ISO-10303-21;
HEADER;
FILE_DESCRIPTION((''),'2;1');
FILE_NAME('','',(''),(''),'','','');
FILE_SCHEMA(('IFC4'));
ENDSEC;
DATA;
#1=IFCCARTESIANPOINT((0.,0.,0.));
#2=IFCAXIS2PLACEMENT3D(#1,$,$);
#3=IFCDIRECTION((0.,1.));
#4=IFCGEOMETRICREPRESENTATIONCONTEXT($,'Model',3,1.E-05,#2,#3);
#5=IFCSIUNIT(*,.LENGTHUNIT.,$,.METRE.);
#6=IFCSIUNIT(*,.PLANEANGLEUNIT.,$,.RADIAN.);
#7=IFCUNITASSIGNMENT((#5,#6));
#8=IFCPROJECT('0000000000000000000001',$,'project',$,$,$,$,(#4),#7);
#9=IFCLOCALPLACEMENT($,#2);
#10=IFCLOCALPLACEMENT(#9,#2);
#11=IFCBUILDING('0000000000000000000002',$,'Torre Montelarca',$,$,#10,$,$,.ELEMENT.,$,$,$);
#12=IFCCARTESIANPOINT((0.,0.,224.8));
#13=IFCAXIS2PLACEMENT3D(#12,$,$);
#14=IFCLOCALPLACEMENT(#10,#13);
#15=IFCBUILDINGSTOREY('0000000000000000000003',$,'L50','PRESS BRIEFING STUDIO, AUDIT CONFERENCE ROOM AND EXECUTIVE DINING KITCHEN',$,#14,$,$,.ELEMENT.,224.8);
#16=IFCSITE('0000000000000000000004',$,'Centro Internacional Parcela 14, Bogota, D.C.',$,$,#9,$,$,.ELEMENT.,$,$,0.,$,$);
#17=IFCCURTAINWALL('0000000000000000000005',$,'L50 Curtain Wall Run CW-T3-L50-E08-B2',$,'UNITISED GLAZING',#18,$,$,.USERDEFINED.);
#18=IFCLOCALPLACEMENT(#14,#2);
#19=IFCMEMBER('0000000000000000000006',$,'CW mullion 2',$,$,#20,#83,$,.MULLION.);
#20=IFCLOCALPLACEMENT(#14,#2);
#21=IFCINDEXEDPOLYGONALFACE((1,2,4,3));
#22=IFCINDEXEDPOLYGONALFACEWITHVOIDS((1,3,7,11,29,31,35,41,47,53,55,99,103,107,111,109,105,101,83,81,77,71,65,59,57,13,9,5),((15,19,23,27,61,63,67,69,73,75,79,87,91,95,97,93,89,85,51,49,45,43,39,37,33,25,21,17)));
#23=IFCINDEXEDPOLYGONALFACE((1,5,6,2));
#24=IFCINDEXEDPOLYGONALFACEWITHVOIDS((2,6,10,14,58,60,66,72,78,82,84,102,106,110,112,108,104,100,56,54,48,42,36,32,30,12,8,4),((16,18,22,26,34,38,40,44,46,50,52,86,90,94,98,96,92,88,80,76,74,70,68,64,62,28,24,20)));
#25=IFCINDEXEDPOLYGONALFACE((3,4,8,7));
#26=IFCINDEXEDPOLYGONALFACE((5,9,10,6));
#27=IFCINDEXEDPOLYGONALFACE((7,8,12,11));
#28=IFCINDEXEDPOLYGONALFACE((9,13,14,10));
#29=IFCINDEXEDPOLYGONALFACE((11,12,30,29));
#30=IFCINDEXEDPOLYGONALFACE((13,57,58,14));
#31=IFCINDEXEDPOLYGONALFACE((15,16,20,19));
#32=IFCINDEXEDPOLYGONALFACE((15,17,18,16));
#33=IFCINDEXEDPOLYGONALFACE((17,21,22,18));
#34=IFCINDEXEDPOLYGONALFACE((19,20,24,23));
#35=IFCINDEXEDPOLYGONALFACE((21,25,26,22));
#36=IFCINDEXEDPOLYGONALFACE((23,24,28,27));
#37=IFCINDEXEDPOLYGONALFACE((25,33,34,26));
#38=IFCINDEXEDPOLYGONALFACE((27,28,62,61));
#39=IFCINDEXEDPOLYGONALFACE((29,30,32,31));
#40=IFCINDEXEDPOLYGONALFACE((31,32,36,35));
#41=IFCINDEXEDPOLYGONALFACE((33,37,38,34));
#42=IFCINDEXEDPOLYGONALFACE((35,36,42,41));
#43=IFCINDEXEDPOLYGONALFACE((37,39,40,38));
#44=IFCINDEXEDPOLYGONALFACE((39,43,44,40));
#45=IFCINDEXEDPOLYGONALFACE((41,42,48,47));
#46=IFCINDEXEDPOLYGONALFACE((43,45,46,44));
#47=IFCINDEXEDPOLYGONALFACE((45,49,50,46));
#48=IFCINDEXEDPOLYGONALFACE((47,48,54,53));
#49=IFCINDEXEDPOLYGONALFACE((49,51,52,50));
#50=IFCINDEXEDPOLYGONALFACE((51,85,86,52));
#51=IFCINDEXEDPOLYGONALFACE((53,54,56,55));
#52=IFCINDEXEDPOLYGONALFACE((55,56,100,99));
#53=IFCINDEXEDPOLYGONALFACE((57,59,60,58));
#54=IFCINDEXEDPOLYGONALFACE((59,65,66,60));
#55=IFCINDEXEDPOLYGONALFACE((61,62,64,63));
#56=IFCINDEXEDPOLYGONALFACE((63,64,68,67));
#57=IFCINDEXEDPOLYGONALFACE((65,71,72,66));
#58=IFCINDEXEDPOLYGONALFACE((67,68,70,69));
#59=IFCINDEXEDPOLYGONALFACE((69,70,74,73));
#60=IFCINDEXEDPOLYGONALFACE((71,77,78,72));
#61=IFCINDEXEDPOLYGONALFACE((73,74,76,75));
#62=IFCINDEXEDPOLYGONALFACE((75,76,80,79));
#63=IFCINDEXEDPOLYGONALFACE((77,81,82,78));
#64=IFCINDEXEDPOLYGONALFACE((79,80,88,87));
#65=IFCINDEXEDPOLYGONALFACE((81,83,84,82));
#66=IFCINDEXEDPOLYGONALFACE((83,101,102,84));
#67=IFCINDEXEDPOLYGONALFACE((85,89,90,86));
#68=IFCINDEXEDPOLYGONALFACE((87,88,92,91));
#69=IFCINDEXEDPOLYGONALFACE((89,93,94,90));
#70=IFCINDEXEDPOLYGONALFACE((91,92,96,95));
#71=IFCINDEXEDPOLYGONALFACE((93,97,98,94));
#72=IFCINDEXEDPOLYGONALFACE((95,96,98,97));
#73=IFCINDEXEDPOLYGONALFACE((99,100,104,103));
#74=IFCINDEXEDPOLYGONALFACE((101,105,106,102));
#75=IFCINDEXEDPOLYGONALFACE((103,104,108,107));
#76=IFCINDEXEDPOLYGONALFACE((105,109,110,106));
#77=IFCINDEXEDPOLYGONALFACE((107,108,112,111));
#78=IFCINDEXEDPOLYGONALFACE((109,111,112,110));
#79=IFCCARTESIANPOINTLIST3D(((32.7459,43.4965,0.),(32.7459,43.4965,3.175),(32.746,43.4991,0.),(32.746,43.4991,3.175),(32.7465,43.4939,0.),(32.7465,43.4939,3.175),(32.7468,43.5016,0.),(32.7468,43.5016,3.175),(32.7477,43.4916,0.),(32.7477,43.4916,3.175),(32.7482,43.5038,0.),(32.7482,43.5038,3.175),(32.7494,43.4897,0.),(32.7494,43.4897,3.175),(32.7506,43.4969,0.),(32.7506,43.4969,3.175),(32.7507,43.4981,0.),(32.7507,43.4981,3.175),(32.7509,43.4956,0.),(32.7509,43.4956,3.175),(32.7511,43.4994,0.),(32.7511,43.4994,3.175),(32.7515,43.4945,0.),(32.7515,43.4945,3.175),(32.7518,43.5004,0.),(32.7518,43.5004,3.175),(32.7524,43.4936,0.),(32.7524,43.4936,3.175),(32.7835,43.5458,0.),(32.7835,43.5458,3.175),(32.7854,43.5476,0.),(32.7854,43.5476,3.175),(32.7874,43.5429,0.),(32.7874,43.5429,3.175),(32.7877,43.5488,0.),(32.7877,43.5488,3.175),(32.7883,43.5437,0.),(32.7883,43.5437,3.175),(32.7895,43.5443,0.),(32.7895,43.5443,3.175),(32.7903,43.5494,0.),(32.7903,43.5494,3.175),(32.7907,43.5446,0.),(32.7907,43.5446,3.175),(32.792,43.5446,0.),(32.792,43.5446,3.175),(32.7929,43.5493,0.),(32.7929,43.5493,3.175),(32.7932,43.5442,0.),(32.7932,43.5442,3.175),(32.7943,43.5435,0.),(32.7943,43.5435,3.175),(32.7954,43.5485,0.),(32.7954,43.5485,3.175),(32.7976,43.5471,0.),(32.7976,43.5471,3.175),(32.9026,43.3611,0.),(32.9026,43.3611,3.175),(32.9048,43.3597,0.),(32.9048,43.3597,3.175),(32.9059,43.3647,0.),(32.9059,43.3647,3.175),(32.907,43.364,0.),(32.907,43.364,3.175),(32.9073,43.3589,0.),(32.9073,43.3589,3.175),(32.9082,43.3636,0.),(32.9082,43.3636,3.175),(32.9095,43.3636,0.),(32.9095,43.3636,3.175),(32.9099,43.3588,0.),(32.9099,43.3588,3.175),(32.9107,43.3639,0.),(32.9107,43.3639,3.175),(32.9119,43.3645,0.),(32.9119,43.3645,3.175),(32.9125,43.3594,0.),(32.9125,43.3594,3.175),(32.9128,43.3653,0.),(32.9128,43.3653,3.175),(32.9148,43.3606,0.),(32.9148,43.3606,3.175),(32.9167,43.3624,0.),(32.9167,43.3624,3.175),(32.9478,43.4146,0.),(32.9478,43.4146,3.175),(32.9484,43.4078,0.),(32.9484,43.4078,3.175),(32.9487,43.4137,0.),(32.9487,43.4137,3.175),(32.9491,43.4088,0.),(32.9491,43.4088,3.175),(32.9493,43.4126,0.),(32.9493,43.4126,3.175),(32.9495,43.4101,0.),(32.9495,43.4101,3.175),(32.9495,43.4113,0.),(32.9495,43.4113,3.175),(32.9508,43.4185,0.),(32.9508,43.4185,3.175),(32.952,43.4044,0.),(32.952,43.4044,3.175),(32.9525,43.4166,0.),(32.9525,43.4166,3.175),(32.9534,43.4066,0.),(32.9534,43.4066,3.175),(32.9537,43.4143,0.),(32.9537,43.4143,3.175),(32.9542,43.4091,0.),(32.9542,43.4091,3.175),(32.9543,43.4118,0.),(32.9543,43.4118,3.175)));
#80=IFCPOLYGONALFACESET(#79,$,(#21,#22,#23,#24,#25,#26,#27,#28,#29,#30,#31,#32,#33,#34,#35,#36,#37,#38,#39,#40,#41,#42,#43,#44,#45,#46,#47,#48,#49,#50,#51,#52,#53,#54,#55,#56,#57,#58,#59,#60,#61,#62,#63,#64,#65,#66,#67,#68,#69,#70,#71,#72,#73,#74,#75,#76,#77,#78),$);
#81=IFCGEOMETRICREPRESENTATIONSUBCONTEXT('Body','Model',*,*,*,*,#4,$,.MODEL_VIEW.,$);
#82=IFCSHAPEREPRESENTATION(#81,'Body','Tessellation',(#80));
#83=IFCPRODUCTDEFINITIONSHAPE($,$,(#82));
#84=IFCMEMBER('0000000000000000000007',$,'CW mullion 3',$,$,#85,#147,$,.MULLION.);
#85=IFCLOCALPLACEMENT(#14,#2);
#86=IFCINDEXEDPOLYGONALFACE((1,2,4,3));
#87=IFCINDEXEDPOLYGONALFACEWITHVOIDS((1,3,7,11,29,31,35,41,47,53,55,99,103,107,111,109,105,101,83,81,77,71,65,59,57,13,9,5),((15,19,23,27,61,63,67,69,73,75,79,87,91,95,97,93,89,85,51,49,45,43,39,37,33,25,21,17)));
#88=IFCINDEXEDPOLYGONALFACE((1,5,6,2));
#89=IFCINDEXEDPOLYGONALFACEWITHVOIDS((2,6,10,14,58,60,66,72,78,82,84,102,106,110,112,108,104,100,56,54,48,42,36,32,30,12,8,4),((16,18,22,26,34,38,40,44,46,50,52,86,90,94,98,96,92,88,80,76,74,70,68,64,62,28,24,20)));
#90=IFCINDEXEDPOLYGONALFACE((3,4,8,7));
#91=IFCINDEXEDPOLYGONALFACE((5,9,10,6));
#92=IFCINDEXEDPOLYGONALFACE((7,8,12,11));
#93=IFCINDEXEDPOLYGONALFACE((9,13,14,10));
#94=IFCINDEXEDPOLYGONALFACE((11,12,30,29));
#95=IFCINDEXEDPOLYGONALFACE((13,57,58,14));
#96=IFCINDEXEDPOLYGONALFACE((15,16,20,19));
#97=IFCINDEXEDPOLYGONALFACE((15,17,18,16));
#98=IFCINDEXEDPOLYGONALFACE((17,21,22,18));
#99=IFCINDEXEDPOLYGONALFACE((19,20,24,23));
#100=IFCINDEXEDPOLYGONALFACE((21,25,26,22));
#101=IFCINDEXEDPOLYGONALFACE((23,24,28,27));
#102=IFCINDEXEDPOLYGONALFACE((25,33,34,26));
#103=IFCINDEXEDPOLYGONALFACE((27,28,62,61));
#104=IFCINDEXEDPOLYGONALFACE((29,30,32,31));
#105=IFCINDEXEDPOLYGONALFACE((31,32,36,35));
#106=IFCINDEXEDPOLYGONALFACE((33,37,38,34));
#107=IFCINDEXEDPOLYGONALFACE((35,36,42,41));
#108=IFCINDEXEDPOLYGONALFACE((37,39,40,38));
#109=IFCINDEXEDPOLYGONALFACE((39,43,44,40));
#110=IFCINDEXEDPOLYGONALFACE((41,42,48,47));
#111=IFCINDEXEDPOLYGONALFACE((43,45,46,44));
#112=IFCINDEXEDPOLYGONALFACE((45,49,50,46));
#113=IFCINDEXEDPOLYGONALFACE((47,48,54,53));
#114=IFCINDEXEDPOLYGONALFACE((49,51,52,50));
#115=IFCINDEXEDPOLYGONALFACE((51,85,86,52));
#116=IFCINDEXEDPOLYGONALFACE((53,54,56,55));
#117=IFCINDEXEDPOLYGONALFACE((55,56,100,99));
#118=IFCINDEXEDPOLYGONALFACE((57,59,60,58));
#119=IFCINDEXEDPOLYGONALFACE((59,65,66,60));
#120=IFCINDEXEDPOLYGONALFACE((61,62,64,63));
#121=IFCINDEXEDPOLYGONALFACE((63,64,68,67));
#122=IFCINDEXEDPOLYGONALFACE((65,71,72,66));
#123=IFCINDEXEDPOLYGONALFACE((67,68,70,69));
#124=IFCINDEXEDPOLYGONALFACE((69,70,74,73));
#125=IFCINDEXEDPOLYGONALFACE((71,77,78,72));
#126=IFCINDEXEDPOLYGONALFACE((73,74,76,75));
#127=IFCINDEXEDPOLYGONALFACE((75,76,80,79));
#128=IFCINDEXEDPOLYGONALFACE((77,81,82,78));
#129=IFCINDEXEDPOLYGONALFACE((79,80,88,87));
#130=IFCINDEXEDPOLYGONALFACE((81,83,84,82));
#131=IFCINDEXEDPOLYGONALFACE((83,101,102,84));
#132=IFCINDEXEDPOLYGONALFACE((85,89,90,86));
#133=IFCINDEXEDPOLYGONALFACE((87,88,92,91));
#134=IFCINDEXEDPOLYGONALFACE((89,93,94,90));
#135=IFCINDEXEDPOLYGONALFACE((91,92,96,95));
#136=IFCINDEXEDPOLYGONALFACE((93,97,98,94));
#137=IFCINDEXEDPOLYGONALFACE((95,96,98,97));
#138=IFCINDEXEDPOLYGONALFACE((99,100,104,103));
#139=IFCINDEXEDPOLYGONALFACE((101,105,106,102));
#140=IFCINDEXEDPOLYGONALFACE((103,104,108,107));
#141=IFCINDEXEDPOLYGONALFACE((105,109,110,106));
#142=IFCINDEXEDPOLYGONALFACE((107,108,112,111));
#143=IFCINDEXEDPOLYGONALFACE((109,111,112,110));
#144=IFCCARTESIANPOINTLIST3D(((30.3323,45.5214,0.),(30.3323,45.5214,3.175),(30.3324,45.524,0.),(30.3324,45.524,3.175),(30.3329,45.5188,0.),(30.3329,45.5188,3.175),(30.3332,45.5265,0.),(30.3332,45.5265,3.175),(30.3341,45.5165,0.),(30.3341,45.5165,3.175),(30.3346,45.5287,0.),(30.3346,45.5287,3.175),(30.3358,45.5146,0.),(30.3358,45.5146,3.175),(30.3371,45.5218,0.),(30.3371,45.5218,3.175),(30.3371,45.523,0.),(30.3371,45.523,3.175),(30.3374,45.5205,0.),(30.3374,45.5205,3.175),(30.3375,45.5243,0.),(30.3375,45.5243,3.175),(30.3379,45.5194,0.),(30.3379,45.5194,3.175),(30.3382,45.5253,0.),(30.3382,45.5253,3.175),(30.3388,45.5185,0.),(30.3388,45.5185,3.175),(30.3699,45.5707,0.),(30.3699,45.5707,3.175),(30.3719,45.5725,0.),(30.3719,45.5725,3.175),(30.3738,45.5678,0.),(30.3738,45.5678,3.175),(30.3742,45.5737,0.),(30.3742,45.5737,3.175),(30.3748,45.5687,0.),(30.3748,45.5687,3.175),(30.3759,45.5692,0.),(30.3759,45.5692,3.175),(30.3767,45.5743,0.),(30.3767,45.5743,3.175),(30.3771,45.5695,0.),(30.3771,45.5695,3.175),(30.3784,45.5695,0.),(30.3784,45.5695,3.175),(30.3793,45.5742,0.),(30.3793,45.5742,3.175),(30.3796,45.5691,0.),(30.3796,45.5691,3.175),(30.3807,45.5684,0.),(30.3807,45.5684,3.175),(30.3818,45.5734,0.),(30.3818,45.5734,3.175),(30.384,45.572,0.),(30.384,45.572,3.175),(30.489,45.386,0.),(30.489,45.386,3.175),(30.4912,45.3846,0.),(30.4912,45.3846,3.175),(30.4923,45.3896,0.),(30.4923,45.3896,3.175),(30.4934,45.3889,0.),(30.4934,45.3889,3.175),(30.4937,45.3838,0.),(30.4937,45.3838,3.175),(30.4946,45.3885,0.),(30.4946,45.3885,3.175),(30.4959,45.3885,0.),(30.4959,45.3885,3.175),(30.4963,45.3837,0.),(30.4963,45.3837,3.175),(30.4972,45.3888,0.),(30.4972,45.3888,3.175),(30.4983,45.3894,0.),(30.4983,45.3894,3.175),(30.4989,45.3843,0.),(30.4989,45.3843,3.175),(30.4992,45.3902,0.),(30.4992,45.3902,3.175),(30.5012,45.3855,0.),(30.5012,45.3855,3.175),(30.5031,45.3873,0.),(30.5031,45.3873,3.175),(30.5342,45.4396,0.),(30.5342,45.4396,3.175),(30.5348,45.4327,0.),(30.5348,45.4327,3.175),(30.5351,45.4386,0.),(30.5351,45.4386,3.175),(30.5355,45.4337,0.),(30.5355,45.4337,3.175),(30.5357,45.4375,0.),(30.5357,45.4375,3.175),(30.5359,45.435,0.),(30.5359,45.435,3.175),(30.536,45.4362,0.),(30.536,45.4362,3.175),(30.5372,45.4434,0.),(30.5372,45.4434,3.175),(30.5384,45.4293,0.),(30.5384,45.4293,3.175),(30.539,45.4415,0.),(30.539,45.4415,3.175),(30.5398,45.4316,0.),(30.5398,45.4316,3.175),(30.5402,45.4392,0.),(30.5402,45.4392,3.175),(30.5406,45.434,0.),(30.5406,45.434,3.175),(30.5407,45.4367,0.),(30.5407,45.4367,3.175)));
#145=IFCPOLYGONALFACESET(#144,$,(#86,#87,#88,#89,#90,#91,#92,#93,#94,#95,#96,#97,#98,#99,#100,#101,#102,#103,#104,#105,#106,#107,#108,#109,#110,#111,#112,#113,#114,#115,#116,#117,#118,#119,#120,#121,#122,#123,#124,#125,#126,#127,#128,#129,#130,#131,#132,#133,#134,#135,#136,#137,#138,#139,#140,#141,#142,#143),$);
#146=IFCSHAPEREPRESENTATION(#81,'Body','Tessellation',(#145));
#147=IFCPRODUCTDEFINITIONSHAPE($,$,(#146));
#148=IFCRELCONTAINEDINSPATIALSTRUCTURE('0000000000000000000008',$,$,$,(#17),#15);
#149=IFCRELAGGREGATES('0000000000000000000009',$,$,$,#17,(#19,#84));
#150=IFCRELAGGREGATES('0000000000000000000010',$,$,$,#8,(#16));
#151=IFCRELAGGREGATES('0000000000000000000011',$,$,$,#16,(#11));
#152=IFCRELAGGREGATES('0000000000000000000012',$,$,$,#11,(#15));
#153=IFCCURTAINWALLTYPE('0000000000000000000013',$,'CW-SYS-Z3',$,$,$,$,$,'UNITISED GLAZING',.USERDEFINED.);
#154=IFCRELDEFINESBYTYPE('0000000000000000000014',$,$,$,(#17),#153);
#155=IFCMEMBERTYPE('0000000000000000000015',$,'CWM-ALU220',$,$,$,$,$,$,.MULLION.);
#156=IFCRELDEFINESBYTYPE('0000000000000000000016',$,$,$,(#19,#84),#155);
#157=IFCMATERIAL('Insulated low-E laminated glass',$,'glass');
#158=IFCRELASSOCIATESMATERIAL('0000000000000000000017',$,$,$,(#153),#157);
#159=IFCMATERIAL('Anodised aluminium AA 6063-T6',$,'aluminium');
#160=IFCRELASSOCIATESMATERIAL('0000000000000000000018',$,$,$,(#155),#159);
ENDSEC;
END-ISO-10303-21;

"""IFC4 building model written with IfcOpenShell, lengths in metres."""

from ifc_helpers import new_model, si_unit, direction, frame, origin, origin_2d, place, context, subcontext, project, spatial, hollow_rectangle, extrude, source, transform, mapped, material, material_profile, profile_set, type_object, element, aggregate, save


model = new_model("IFC4")

# Units and contexts
model_context = context("Model", 3, precision=1e-05, world=origin(), true_north=direction((0.0, 1.0)))
body_context = subcontext(model_context, "Body", "Model", "MODEL_VIEW")
ifc_project = project(units=[si_unit("LENGTHUNIT", "METRE"), si_unit("PLANEANGLEUNIT", "RADIAN")], contexts=[model_context])

# Site, building, storey
site_placement = place(None, origin())
site = spatial("IfcSite", under=ifc_project, at=site_placement, Name="Centro Internacional Parcela 14, Bogota, D.C.", CompositionType="ELEMENT", RefElevation=0.0)
building_placement = place(site_placement, origin())
building = spatial("IfcBuilding", under=site, at=building_placement, Name="Torre Montelarca", CompositionType="ELEMENT")
storey_placement = place(building_placement, frame((0.0, 0.0, 224.8)))
storey = spatial("IfcBuildingStorey", under=building, at=storey_placement, Name="L50", Description="PRESS BRIEFING STUDIO, AUDIT CONFERENCE ROOM AND EXECUTIVE DINING KITCHEN", CompositionType="ELEMENT", Elevation=224.8)

# Shared definitions
ifc_material_1 = material(Name="Insulated low-E laminated glass", Category="glass")
curtain_wall_type = type_object("IfcCurtainWallType", Name="CW-SYS-Z3", ElementType="UNITISED GLAZING", PredefinedType="USERDEFINED", material=ifc_material_1)
ifc_material_2 = material(Name="Anodised aluminium AA 6063-T6", Category="aluminium")

# Shared definitions
ifc_material_profile_1 = material_profile(ifc_material_2, hollow_rectangle(XDim=0.075, YDim=0.22, WallThickness=0.0049, InnerFilletRadius=0.0049, OuterFilletRadius=0.01, at=origin_2d()), Name="ALU75X220X5", Category="aluminium")
ifc_profile_set_1 = profile_set([ifc_material_profile_1], Name="Anodised aluminium AA 6063-T6")
member_type_1 = type_object("IfcMemberType", Name="CWM-ALU220", PredefinedType="MULLION", material=ifc_profile_set_1)
shared_shape_1 = source(origin(), body_context, "Body", "SweptSolid", [
    extrude(hollow_rectangle(XDim=0.075, YDim=0.22, WallThickness=0.0049, InnerFilletRadius=0.0049, OuterFilletRadius=0.01, at=origin_2d()), origin(), (0.0, 0.0, 1.0), 3.175),
])

# Curtain wall, members
curtain_wall_1_placement = place(storey_placement, origin())
curtain_wall_1 = element("IfcCurtainWall", 1, at=curtain_wall_1_placement, inside=storey, type_object=curtain_wall_type, Name="L50 Curtain Wall Run CW-T3-L50-E08-B2", ObjectType="UNITISED GLAZING", PredefinedType="USERDEFINED")
member_1_placement = place(storey_placement, frame((32.8501, 43.4541, 0.0), z_axis=(0.0, 0.0, 1.0), x_axis=(-0.642785, -0.766047, 0.0)))
member_1 = element("IfcMember", 2, at=member_1_placement, type_object=member_type_1, Name="CW mullion 2", PredefinedType="MULLION", context=body_context, shape_type="MappedRepresentation", body=[
    mapped(shared_shape_1, transform((0.0, 0.0, 0.0), scale=1.0)),
])
member_2_placement = place(storey_placement, frame((30.4365, 45.479, 0.0), z_axis=(0.0, 0.0, 1.0), x_axis=(-0.642785, -0.766047, 0.0)))
member_2 = element("IfcMember", 3, at=member_2_placement, type_object=member_type_1, Name="CW mullion 3", PredefinedType="MULLION", context=body_context, shape_type="MappedRepresentation", body=[
    mapped(shared_shape_1, transform((0.0, 0.0, 0.0), scale=1.0)),
])

aggregate(curtain_wall_1, [member_1, member_2])

save(model, "model.ifc")
